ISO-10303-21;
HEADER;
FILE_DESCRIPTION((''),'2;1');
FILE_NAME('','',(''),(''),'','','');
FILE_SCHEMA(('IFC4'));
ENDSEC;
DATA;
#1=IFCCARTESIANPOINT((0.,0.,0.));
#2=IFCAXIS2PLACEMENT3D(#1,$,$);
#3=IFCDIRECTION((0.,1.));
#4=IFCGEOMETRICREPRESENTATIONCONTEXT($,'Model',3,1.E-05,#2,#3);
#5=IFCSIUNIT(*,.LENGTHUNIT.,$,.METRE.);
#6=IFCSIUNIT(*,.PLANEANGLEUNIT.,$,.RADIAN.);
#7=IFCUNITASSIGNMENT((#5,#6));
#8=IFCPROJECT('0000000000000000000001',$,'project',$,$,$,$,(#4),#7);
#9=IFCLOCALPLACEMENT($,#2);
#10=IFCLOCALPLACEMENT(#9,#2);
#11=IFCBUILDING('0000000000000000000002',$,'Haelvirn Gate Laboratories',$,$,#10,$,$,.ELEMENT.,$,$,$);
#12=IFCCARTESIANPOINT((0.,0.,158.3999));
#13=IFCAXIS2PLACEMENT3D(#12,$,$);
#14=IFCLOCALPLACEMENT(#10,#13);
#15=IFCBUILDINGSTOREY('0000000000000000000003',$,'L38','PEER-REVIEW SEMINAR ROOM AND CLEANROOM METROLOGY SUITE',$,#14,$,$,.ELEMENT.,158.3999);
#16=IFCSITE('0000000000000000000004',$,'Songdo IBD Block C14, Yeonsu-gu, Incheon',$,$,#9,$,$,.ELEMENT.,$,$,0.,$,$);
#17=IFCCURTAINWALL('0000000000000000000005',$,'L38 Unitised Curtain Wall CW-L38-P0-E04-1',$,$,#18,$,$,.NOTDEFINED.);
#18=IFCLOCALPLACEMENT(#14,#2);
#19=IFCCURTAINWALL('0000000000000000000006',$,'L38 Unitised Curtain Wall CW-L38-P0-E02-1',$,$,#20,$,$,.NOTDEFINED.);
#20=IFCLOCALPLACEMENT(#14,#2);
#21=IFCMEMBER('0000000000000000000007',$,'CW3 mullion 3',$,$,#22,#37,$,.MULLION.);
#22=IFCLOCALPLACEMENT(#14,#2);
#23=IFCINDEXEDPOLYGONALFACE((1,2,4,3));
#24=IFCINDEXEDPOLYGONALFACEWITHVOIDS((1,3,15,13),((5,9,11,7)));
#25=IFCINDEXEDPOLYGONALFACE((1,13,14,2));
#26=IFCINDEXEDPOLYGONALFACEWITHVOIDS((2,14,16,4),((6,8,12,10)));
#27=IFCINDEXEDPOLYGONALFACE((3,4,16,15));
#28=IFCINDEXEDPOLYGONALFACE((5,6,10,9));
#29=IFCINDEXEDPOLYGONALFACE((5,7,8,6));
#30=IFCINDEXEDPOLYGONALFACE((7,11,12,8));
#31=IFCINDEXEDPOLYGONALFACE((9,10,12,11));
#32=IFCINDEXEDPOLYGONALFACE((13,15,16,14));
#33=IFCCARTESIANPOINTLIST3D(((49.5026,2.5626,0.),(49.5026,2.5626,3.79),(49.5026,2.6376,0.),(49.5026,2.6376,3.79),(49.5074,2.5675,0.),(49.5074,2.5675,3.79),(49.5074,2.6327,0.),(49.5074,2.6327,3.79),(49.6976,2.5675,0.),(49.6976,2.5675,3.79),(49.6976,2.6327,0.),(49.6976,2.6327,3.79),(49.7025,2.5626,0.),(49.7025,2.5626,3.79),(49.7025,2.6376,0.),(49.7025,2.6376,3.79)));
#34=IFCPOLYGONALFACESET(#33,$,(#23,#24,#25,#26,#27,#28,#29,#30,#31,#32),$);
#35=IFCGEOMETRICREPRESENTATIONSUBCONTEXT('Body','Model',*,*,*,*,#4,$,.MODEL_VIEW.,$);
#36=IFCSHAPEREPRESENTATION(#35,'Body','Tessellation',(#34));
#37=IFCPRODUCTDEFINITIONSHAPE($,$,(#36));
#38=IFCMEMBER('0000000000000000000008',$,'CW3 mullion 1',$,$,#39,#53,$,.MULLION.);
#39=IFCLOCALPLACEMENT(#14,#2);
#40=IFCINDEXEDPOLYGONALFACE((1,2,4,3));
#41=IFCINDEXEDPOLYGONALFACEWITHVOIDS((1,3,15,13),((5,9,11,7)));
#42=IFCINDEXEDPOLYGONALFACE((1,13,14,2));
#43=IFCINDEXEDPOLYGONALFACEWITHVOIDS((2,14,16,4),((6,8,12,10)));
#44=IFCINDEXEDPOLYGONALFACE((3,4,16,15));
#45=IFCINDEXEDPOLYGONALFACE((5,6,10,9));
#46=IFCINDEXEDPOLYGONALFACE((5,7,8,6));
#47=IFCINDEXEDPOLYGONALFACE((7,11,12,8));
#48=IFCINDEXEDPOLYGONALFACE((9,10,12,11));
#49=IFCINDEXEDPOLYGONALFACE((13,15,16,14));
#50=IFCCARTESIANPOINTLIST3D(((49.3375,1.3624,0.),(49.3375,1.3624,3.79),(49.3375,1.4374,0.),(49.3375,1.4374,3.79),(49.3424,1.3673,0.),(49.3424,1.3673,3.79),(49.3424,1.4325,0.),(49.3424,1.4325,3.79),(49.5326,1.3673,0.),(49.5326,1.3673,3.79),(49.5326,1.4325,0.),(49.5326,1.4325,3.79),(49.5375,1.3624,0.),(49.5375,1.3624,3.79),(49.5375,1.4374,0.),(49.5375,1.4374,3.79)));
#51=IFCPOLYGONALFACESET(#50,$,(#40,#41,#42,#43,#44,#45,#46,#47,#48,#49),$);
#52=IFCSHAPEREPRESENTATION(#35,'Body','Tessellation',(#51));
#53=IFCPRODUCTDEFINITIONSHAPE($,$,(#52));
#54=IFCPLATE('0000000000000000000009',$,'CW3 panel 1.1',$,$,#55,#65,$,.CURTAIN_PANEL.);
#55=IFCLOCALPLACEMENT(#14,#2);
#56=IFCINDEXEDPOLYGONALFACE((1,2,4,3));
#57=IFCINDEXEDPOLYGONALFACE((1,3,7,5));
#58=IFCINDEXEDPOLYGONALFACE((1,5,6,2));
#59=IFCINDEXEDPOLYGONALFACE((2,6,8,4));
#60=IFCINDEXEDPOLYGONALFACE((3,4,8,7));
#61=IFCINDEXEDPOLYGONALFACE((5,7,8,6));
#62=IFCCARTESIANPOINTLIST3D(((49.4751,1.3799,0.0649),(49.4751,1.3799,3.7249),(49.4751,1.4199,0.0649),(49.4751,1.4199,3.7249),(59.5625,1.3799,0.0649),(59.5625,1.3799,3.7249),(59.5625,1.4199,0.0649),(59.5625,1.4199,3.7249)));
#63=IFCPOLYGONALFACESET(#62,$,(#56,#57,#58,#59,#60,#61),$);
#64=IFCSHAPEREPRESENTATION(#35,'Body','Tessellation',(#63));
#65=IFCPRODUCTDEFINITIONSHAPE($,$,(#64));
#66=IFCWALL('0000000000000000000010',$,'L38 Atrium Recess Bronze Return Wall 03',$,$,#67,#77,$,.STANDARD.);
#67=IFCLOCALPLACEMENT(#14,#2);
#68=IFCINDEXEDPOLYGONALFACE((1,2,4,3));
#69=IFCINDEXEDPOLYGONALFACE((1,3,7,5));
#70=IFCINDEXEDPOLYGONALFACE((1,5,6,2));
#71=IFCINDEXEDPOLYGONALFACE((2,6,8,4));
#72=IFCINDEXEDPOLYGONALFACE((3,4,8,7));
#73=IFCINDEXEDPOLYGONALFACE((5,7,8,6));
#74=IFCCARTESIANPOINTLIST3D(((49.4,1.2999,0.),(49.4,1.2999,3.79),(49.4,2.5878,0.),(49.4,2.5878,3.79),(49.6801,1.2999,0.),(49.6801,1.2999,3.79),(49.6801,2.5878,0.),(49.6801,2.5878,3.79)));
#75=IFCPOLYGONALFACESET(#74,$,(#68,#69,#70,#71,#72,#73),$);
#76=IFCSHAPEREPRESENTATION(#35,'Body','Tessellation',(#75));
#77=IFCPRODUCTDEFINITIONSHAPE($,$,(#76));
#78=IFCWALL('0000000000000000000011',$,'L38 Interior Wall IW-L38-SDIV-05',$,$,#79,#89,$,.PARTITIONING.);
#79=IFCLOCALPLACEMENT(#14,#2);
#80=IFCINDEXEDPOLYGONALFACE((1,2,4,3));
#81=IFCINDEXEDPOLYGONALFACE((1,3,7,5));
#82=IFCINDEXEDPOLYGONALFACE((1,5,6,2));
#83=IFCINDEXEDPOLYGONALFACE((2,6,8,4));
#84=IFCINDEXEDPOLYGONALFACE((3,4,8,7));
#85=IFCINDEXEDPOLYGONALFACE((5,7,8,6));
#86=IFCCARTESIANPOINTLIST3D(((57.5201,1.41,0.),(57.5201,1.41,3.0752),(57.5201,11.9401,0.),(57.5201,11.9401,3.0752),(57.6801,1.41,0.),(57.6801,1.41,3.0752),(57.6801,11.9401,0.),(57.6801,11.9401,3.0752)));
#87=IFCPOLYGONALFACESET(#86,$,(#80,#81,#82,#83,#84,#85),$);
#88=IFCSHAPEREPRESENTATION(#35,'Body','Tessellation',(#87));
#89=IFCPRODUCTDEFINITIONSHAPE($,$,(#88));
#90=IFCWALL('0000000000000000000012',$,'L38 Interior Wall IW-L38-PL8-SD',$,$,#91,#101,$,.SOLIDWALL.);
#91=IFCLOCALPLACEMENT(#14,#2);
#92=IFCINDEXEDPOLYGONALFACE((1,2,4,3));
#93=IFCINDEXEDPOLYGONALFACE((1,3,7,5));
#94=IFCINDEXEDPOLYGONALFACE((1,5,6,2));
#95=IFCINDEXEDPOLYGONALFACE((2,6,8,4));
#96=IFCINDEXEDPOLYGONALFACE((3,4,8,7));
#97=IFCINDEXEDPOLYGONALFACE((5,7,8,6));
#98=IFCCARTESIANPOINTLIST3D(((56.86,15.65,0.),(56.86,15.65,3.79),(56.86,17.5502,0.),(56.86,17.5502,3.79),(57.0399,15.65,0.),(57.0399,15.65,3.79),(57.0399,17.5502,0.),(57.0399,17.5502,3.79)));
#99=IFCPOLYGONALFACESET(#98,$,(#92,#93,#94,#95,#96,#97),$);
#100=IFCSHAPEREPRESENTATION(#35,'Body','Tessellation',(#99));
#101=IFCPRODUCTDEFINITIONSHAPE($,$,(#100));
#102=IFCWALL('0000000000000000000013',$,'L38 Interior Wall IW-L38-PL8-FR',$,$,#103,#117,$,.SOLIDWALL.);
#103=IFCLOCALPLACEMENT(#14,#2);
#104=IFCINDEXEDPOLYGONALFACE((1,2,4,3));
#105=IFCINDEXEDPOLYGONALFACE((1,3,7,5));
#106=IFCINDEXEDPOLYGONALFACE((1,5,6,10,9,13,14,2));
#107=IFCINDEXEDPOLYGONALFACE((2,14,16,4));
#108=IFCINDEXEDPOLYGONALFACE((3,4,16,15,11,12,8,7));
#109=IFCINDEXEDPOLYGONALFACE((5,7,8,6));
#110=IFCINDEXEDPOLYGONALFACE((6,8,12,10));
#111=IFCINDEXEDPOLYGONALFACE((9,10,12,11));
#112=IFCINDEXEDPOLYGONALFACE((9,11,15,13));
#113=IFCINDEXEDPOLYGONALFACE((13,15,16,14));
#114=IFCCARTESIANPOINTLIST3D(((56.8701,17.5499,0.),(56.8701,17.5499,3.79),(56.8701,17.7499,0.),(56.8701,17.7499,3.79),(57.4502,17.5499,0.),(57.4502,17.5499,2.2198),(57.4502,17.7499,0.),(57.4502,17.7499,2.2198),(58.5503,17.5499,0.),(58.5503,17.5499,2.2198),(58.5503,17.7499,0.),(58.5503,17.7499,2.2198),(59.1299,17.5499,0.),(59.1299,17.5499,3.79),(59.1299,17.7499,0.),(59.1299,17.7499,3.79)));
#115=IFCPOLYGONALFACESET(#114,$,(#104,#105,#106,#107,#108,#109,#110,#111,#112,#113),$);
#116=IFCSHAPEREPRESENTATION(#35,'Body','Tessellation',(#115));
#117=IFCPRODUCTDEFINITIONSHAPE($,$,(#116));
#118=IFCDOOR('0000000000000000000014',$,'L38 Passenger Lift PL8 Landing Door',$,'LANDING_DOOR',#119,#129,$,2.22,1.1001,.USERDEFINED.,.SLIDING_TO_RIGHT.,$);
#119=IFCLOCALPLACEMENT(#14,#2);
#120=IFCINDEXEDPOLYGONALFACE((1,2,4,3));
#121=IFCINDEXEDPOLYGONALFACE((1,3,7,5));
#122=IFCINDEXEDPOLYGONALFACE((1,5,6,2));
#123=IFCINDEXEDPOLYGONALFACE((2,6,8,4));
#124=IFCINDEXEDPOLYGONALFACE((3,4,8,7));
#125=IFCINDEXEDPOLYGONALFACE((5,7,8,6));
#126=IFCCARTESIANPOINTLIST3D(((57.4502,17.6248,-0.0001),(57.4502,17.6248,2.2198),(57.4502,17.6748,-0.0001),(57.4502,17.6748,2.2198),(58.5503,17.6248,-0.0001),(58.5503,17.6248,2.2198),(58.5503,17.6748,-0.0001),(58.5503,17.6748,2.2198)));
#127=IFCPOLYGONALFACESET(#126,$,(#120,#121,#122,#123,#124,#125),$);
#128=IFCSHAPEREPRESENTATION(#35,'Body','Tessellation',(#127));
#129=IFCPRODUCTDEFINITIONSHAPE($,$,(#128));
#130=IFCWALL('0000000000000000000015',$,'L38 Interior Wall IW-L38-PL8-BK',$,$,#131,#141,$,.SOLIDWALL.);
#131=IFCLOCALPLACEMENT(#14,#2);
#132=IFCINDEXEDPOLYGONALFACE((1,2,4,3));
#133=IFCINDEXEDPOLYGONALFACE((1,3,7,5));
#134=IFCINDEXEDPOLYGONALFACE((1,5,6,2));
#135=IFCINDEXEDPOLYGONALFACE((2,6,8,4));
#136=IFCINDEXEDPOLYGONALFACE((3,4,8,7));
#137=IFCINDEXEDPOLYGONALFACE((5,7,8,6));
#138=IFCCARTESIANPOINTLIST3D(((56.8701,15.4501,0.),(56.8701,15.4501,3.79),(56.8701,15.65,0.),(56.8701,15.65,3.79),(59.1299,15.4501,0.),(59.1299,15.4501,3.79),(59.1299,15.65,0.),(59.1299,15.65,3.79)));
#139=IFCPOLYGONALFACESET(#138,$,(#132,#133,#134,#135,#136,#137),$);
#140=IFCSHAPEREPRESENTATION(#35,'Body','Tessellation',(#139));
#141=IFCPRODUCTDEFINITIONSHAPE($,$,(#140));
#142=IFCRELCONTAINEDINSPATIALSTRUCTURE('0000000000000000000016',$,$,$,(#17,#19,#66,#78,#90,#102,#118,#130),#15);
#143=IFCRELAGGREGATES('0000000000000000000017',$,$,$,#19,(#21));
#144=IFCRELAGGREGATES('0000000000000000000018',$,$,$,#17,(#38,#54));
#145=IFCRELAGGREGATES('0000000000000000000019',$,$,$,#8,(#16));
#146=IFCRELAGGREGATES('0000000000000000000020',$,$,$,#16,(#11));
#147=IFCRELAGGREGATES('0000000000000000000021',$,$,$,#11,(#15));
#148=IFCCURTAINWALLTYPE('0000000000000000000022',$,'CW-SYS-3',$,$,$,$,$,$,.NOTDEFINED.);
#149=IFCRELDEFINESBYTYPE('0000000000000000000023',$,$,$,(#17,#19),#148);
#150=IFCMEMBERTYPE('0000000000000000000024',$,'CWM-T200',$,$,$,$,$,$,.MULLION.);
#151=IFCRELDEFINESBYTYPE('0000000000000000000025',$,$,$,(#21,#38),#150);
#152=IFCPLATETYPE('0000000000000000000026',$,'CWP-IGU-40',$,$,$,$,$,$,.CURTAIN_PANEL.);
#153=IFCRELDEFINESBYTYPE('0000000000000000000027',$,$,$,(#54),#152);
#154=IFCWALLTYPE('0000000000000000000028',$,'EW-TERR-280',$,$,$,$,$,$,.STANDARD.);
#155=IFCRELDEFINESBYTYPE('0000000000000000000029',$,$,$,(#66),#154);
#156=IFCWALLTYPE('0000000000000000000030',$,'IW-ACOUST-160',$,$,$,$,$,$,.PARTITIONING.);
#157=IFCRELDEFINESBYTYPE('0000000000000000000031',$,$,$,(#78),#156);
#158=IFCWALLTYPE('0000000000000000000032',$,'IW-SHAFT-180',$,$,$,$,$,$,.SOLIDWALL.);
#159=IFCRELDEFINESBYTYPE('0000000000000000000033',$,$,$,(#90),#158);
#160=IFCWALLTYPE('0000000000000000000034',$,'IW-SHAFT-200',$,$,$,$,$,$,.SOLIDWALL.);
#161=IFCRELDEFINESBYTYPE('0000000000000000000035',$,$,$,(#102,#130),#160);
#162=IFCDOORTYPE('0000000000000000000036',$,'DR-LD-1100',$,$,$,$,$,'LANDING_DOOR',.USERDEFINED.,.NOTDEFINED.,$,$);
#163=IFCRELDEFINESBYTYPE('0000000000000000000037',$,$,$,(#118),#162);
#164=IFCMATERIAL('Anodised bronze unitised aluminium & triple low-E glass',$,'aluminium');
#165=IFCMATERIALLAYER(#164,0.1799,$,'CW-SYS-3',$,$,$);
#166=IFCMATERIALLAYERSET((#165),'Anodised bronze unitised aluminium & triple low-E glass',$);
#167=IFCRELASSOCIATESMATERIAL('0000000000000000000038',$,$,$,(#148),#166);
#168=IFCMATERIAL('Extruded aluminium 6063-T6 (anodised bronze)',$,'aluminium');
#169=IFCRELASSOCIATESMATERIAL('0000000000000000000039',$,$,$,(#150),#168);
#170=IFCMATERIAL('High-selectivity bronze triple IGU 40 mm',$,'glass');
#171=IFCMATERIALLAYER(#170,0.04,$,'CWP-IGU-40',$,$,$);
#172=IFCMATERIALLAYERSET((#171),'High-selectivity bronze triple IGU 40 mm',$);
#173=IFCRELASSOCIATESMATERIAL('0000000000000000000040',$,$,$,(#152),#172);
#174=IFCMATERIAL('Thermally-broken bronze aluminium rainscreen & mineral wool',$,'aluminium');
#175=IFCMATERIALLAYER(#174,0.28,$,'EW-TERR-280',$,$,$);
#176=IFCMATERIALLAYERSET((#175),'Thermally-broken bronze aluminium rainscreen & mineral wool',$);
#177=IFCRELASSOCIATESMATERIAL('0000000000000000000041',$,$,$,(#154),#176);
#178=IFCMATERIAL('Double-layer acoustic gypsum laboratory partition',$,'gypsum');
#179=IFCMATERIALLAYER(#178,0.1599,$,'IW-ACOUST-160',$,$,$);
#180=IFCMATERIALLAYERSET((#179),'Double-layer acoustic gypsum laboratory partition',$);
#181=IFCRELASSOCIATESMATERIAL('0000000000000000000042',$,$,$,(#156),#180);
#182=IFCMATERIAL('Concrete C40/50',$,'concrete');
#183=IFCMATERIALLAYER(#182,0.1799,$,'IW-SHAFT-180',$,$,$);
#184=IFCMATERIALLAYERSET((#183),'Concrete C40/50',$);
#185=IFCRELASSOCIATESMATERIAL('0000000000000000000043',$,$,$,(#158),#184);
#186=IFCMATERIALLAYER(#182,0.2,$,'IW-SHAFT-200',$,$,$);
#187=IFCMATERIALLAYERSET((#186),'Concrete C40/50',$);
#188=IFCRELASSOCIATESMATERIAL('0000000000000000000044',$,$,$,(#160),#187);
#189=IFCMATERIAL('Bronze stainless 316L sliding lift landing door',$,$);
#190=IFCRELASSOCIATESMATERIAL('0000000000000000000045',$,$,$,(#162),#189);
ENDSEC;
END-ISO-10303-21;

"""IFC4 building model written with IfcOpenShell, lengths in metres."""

from ifc_helpers import new_model, si_unit, direction, frame, frame_2d, origin, origin_2d, place, context, subcontext, project, spatial, rectangle, hollow_rectangle, extrude, source, transform, mapped, material, layer, layer_set, material_profile, profile_set, type_object, type_shapes, element, fill, aggregate, save


model = new_model("IFC4")

# Units and contexts
model_context = context("Model", 3, precision=1e-05, world=origin(), true_north=direction((0.0, 1.0)))
body_context = subcontext(model_context, "Body", "Model", "MODEL_VIEW")
ifc_project = project(units=[si_unit("LENGTHUNIT", "METRE"), si_unit("PLANEANGLEUNIT", "RADIAN")], contexts=[model_context])

# Site, building, storey
site_placement = place(None, origin())
site = spatial("IfcSite", under=ifc_project, at=site_placement, Name="Songdo IBD Block C14, Yeonsu-gu, Incheon", CompositionType="ELEMENT", RefElevation=0.0)
building_placement = place(site_placement, origin())
building = spatial("IfcBuilding", under=site, at=building_placement, Name="Haelvirn Gate Laboratories", CompositionType="ELEMENT")
storey_placement = place(building_placement, frame((0.0, 0.0, 158.3999)))
storey = spatial("IfcBuildingStorey", under=building, at=storey_placement, Name="L38", Description="PEER-REVIEW SEMINAR ROOM AND CLEANROOM METROLOGY SUITE", CompositionType="ELEMENT", Elevation=158.3999)

# Curtain wall
ifc_material_1 = material(Name="Anodised bronze unitised aluminium & triple low-E glass", Category="aluminium")
ifc_layer_1 = layer(ifc_material_1, 0.1799, Name="CW-SYS-3")
ifc_layer_set_1 = layer_set([ifc_layer_1], Name="Anodised bronze unitised aluminium & triple low-E glass")
curtain_wall_type = type_object("IfcCurtainWallType", Name="CW-SYS-3", PredefinedType="NOTDEFINED", material=ifc_layer_set_1)
curtain_wall_1_placement = place(storey_placement, origin())
curtain_wall_1 = element("IfcCurtainWall", 1, at=curtain_wall_1_placement, inside=storey, type_object=curtain_wall_type, Name="L38 Unitised Curtain Wall CW-L38-P0-E04-1", PredefinedType="NOTDEFINED")
ifc_material_2 = material(Name="Extruded aluminium 6063-T6 (anodised bronze)", Category="aluminium")

# Curtain wall, member
curtain_wall_2_placement = place(storey_placement, origin())
curtain_wall_2 = element("IfcCurtainWall", 2, at=curtain_wall_2_placement, inside=storey, type_object=curtain_wall_type, Name="L38 Unitised Curtain Wall CW-L38-P0-E02-1", PredefinedType="NOTDEFINED")
ifc_material_profile_1 = material_profile(ifc_material_2, hollow_rectangle(XDim=0.075, YDim=0.2, WallThickness=0.0049, at=origin_2d()), Name="CWM-200x75x5")
ifc_profile_set_1 = profile_set([ifc_material_profile_1], Name="Extruded aluminium 6063-T6 (anodised bronze)")
member_type_1 = type_object("IfcMemberType", Name="CWM-T200", PredefinedType="MULLION", material=ifc_profile_set_1)
shared_shape_1 = source(origin(), body_context, "Body", "SweptSolid", [
    extrude(hollow_rectangle(XDim=0.075, YDim=0.2, WallThickness=0.0049, at=origin_2d()), origin(), (0.0, 0.0, 1.0), 3.79),
])
type_shapes(member_type_1, [shared_shape_1])
member_1_placement = place(storey_placement, frame((49.6025, 2.6001, 0.0), z_axis=(0.0, 0.0, 1.0), x_axis=(0.0, 1.0, 0.0)))
member_1 = element("IfcMember", 3, at=member_1_placement, type_object=member_type_1, Name="CW3 mullion 3", PredefinedType="MULLION", context=body_context, shape_type="MappedRepresentation", body=[
    mapped(shared_shape_1, transform((0.0, 0.0, 0.0), scale=1.0)),
])
aggregate(curtain_wall_2, [member_1])

# Member
member_2_placement = place(storey_placement, frame((49.4375, 1.3999, 0.0), z_axis=(0.0, 0.0, 1.0), x_axis=(0.0, 1.0, 0.0)))
member_2 = element("IfcMember", 4, at=member_2_placement, type_object=member_type_1, Name="CW3 mullion 1", PredefinedType="MULLION", context=body_context, shape_type="MappedRepresentation", body=[
    mapped(shared_shape_1, transform((0.0, 0.0, 0.0), scale=1.0)),
])

# Plate
ifc_material_3 = material(Name="High-selectivity bronze triple IGU 40 mm", Category="glass")
ifc_layer_2 = layer(ifc_material_3, 0.04, Name="CWP-IGU-40")
ifc_layer_set_2 = layer_set([ifc_layer_2], Name="High-selectivity bronze triple IGU 40 mm")
plate_type = type_object("IfcPlateType", Name="CWP-IGU-40", PredefinedType="CURTAIN_PANEL", material=ifc_layer_set_2)
shared_shape_2 = source(origin(), body_context, "Body", "SweptSolid", [
    extrude(rectangle(XDim=10.0874, YDim=0.04, at=origin_2d()), origin(), (0.0, 0.0, 1.0), 3.6599),
])
type_shapes(plate_type, [shared_shape_2])
plate_placement = place(storey_placement, frame((54.5188, 1.3999, 0.0649), z_axis=(0.0, 0.0, 1.0), x_axis=(1.0, 0.0, 0.0)))
plate = element("IfcPlate", 5, at=plate_placement, type_object=plate_type, Name="CW3 panel 1.1", PredefinedType="CURTAIN_PANEL", context=body_context, shape_type="MappedRepresentation", body=[
    mapped(shared_shape_2, transform((0.0, 0.0, 0.0), scale=1.0)),
])
aggregate(curtain_wall_1, [member_2, plate])

# Walls
ifc_material_4 = material(Name="Thermally-broken bronze aluminium rainscreen & mineral wool", Category="aluminium")
ifc_layer_3 = layer(ifc_material_4, 0.28, Name="EW-TERR-280")
ifc_layer_set_3 = layer_set([ifc_layer_3], Name="Thermally-broken bronze aluminium rainscreen & mineral wool")
wall_type_1 = type_object("IfcWallType", Name="EW-TERR-280", PredefinedType="STANDARD", material=ifc_layer_set_3)
wall_1_placement = place(storey_placement, frame((49.54, 2.5879, 0.0), z_axis=(0.0, 0.0, 1.0), x_axis=(0.0, -1.0, 0.0)))
element("IfcWall", 6, at=wall_1_placement, inside=storey, type_object=wall_type_1, Name="L38 Atrium Recess Bronze Return Wall 03", PredefinedType="STANDARD", context=body_context, shape_type="SweptSolid", body=[
    extrude(rectangle(XDim=1.2878, YDim=0.28, at=frame_2d((0.644, 0.0))), origin(), (0.0, 0.0, 1.0), 3.79),
])
ifc_material_5 = material(Name="Double-layer acoustic gypsum laboratory partition", Category="gypsum")
ifc_layer_4 = layer(ifc_material_5, 0.1599, Name="IW-ACOUST-160")
ifc_layer_set_4 = layer_set([ifc_layer_4], Name="Double-layer acoustic gypsum laboratory partition")
wall_type_2 = type_object("IfcWallType", Name="IW-ACOUST-160", PredefinedType="PARTITIONING", material=ifc_layer_set_4)
wall_2_placement = place(storey_placement, frame((57.6001, 1.4099, 0.0), z_axis=(0.0, 0.0, 1.0), x_axis=(0.0, 1.0, 0.0)))
element("IfcWall", 7, at=wall_2_placement, inside=storey, type_object=wall_type_2, Name="L38 Interior Wall IW-L38-SDIV-05", PredefinedType="PARTITIONING", context=body_context, shape_type="SweptSolid", body=[
    extrude(rectangle(XDim=10.53, YDim=0.1599, at=frame_2d((5.2651, 0.0))), origin(), (0.0, 0.0, 1.0), 3.0752),
])

# Wall
ifc_material_6 = material(Name="Concrete C40/50", Category="concrete")
ifc_layer_5 = layer(ifc_material_6, 0.1799, Name="IW-SHAFT-180")
ifc_layer_set_5 = layer_set([ifc_layer_5], Name="Concrete C40/50")
wall_type_3 = type_object("IfcWallType", Name="IW-SHAFT-180", PredefinedType="SOLIDWALL", material=ifc_layer_set_5)
wall_3_placement = place(storey_placement, frame((56.95, 15.6499, 0.0), z_axis=(0.0, 0.0, 1.0), x_axis=(0.0, 1.0, 0.0)))
element("IfcWall", 8, at=wall_3_placement, inside=storey, type_object=wall_type_3, Name="L38 Interior Wall IW-L38-PL8-SD", PredefinedType="SOLIDWALL", context=body_context, shape_type="SweptSolid", body=[
    extrude(rectangle(XDim=1.9001, YDim=0.1799, at=frame_2d((0.9502, 0.0))), origin(), (0.0, 0.0, 1.0), 3.79),
])

# Wall, opening, door
ifc_layer_6 = layer(ifc_material_6, 0.2, Name="IW-SHAFT-200")
ifc_layer_set_6 = layer_set([ifc_layer_6], Name="Concrete C40/50")
wall_type_4 = type_object("IfcWallType", Name="IW-SHAFT-200", PredefinedType="SOLIDWALL", material=ifc_layer_set_6)
wall_4_placement = place(storey_placement, frame((56.8701, 17.6499, 0.0), z_axis=(0.0, 0.0, 1.0), x_axis=(1.0, 0.0, 0.0)))
wall_4 = element("IfcWall", 9, at=wall_4_placement, inside=storey, type_object=wall_type_4, Name="L38 Interior Wall IW-L38-PL8-FR", PredefinedType="SOLIDWALL", context=body_context, shape_type="SweptSolid", body=[
    extrude(rectangle(XDim=2.2598, YDim=0.2, at=frame_2d((1.1299, 0.0))), origin(), (0.0, 0.0, 1.0), 3.79),
])
opening_1_placement = place(wall_4_placement, frame((0.5801, 0.0, 0.0)))
opening_1 = element("IfcOpeningElement", 10, at=opening_1_placement, cuts=wall_4, PredefinedType="OPENING", context=body_context, shape_type="SweptSolid", body=[
    extrude(rectangle(XDim=1.1001, YDim=2.22, at=frame_2d((0.55, 1.1099))), frame((0.0, 0.1099, 0.0), z_axis=(0.0, -1.0, 0.0), x_axis=(1.0, 0.0, 0.0)), (0.0, 0.0, 1.0), 0.22),
])
ifc_material_7 = material(Name="Bronze stainless 316L sliding lift landing door")
door_type_1 = type_object("IfcDoorType", Name="DR-LD-1100", ElementType="LANDING_DOOR", OperationType="NOTDEFINED", PredefinedType="USERDEFINED", material=ifc_material_7)
shared_shape_3 = source(origin(), body_context, "Body", "SweptSolid", [
    extrude(rectangle(XDim=1.1001, YDim=2.22, at=frame_2d((0.55, 1.1099))), frame((0.0, 0.0249, 0.0), z_axis=(0.0, -1.0, 0.0), x_axis=(1.0, 0.0, 0.0)), (0.0, 0.0, 1.0), 0.05),
])
type_shapes(door_type_1, [shared_shape_3])
door_1_placement = place(opening_1_placement, origin())
door_1 = element("IfcDoor", 11, at=door_1_placement, inside=storey, type_object=door_type_1, Name="L38 Passenger Lift PL8 Landing Door", ObjectType="LANDING_DOOR", OperationType="SLIDING_TO_RIGHT", OverallHeight=2.22, OverallWidth=1.1001, PredefinedType="USERDEFINED", context=body_context, shape_type="MappedRepresentation", body=[
    mapped(shared_shape_3, transform((0.0, 0.0, 0.0), scale=1.0)),
])
fill(opening_1, door_1)

# Wall
wall_5_placement = place(storey_placement, frame((56.8701, 15.55, 0.0), z_axis=(0.0, 0.0, 1.0), x_axis=(1.0, 0.0, 0.0)))
element("IfcWall", 12, at=wall_5_placement, inside=storey, type_object=wall_type_4, Name="L38 Interior Wall IW-L38-PL8-BK", PredefinedType="SOLIDWALL", context=body_context, shape_type="SweptSolid", body=[
    extrude(rectangle(XDim=2.2598, YDim=0.2, at=frame_2d((1.1299, 0.0))), origin(), (0.0, 0.0, 1.0), 3.79),
])

save(model, "model.ifc")
